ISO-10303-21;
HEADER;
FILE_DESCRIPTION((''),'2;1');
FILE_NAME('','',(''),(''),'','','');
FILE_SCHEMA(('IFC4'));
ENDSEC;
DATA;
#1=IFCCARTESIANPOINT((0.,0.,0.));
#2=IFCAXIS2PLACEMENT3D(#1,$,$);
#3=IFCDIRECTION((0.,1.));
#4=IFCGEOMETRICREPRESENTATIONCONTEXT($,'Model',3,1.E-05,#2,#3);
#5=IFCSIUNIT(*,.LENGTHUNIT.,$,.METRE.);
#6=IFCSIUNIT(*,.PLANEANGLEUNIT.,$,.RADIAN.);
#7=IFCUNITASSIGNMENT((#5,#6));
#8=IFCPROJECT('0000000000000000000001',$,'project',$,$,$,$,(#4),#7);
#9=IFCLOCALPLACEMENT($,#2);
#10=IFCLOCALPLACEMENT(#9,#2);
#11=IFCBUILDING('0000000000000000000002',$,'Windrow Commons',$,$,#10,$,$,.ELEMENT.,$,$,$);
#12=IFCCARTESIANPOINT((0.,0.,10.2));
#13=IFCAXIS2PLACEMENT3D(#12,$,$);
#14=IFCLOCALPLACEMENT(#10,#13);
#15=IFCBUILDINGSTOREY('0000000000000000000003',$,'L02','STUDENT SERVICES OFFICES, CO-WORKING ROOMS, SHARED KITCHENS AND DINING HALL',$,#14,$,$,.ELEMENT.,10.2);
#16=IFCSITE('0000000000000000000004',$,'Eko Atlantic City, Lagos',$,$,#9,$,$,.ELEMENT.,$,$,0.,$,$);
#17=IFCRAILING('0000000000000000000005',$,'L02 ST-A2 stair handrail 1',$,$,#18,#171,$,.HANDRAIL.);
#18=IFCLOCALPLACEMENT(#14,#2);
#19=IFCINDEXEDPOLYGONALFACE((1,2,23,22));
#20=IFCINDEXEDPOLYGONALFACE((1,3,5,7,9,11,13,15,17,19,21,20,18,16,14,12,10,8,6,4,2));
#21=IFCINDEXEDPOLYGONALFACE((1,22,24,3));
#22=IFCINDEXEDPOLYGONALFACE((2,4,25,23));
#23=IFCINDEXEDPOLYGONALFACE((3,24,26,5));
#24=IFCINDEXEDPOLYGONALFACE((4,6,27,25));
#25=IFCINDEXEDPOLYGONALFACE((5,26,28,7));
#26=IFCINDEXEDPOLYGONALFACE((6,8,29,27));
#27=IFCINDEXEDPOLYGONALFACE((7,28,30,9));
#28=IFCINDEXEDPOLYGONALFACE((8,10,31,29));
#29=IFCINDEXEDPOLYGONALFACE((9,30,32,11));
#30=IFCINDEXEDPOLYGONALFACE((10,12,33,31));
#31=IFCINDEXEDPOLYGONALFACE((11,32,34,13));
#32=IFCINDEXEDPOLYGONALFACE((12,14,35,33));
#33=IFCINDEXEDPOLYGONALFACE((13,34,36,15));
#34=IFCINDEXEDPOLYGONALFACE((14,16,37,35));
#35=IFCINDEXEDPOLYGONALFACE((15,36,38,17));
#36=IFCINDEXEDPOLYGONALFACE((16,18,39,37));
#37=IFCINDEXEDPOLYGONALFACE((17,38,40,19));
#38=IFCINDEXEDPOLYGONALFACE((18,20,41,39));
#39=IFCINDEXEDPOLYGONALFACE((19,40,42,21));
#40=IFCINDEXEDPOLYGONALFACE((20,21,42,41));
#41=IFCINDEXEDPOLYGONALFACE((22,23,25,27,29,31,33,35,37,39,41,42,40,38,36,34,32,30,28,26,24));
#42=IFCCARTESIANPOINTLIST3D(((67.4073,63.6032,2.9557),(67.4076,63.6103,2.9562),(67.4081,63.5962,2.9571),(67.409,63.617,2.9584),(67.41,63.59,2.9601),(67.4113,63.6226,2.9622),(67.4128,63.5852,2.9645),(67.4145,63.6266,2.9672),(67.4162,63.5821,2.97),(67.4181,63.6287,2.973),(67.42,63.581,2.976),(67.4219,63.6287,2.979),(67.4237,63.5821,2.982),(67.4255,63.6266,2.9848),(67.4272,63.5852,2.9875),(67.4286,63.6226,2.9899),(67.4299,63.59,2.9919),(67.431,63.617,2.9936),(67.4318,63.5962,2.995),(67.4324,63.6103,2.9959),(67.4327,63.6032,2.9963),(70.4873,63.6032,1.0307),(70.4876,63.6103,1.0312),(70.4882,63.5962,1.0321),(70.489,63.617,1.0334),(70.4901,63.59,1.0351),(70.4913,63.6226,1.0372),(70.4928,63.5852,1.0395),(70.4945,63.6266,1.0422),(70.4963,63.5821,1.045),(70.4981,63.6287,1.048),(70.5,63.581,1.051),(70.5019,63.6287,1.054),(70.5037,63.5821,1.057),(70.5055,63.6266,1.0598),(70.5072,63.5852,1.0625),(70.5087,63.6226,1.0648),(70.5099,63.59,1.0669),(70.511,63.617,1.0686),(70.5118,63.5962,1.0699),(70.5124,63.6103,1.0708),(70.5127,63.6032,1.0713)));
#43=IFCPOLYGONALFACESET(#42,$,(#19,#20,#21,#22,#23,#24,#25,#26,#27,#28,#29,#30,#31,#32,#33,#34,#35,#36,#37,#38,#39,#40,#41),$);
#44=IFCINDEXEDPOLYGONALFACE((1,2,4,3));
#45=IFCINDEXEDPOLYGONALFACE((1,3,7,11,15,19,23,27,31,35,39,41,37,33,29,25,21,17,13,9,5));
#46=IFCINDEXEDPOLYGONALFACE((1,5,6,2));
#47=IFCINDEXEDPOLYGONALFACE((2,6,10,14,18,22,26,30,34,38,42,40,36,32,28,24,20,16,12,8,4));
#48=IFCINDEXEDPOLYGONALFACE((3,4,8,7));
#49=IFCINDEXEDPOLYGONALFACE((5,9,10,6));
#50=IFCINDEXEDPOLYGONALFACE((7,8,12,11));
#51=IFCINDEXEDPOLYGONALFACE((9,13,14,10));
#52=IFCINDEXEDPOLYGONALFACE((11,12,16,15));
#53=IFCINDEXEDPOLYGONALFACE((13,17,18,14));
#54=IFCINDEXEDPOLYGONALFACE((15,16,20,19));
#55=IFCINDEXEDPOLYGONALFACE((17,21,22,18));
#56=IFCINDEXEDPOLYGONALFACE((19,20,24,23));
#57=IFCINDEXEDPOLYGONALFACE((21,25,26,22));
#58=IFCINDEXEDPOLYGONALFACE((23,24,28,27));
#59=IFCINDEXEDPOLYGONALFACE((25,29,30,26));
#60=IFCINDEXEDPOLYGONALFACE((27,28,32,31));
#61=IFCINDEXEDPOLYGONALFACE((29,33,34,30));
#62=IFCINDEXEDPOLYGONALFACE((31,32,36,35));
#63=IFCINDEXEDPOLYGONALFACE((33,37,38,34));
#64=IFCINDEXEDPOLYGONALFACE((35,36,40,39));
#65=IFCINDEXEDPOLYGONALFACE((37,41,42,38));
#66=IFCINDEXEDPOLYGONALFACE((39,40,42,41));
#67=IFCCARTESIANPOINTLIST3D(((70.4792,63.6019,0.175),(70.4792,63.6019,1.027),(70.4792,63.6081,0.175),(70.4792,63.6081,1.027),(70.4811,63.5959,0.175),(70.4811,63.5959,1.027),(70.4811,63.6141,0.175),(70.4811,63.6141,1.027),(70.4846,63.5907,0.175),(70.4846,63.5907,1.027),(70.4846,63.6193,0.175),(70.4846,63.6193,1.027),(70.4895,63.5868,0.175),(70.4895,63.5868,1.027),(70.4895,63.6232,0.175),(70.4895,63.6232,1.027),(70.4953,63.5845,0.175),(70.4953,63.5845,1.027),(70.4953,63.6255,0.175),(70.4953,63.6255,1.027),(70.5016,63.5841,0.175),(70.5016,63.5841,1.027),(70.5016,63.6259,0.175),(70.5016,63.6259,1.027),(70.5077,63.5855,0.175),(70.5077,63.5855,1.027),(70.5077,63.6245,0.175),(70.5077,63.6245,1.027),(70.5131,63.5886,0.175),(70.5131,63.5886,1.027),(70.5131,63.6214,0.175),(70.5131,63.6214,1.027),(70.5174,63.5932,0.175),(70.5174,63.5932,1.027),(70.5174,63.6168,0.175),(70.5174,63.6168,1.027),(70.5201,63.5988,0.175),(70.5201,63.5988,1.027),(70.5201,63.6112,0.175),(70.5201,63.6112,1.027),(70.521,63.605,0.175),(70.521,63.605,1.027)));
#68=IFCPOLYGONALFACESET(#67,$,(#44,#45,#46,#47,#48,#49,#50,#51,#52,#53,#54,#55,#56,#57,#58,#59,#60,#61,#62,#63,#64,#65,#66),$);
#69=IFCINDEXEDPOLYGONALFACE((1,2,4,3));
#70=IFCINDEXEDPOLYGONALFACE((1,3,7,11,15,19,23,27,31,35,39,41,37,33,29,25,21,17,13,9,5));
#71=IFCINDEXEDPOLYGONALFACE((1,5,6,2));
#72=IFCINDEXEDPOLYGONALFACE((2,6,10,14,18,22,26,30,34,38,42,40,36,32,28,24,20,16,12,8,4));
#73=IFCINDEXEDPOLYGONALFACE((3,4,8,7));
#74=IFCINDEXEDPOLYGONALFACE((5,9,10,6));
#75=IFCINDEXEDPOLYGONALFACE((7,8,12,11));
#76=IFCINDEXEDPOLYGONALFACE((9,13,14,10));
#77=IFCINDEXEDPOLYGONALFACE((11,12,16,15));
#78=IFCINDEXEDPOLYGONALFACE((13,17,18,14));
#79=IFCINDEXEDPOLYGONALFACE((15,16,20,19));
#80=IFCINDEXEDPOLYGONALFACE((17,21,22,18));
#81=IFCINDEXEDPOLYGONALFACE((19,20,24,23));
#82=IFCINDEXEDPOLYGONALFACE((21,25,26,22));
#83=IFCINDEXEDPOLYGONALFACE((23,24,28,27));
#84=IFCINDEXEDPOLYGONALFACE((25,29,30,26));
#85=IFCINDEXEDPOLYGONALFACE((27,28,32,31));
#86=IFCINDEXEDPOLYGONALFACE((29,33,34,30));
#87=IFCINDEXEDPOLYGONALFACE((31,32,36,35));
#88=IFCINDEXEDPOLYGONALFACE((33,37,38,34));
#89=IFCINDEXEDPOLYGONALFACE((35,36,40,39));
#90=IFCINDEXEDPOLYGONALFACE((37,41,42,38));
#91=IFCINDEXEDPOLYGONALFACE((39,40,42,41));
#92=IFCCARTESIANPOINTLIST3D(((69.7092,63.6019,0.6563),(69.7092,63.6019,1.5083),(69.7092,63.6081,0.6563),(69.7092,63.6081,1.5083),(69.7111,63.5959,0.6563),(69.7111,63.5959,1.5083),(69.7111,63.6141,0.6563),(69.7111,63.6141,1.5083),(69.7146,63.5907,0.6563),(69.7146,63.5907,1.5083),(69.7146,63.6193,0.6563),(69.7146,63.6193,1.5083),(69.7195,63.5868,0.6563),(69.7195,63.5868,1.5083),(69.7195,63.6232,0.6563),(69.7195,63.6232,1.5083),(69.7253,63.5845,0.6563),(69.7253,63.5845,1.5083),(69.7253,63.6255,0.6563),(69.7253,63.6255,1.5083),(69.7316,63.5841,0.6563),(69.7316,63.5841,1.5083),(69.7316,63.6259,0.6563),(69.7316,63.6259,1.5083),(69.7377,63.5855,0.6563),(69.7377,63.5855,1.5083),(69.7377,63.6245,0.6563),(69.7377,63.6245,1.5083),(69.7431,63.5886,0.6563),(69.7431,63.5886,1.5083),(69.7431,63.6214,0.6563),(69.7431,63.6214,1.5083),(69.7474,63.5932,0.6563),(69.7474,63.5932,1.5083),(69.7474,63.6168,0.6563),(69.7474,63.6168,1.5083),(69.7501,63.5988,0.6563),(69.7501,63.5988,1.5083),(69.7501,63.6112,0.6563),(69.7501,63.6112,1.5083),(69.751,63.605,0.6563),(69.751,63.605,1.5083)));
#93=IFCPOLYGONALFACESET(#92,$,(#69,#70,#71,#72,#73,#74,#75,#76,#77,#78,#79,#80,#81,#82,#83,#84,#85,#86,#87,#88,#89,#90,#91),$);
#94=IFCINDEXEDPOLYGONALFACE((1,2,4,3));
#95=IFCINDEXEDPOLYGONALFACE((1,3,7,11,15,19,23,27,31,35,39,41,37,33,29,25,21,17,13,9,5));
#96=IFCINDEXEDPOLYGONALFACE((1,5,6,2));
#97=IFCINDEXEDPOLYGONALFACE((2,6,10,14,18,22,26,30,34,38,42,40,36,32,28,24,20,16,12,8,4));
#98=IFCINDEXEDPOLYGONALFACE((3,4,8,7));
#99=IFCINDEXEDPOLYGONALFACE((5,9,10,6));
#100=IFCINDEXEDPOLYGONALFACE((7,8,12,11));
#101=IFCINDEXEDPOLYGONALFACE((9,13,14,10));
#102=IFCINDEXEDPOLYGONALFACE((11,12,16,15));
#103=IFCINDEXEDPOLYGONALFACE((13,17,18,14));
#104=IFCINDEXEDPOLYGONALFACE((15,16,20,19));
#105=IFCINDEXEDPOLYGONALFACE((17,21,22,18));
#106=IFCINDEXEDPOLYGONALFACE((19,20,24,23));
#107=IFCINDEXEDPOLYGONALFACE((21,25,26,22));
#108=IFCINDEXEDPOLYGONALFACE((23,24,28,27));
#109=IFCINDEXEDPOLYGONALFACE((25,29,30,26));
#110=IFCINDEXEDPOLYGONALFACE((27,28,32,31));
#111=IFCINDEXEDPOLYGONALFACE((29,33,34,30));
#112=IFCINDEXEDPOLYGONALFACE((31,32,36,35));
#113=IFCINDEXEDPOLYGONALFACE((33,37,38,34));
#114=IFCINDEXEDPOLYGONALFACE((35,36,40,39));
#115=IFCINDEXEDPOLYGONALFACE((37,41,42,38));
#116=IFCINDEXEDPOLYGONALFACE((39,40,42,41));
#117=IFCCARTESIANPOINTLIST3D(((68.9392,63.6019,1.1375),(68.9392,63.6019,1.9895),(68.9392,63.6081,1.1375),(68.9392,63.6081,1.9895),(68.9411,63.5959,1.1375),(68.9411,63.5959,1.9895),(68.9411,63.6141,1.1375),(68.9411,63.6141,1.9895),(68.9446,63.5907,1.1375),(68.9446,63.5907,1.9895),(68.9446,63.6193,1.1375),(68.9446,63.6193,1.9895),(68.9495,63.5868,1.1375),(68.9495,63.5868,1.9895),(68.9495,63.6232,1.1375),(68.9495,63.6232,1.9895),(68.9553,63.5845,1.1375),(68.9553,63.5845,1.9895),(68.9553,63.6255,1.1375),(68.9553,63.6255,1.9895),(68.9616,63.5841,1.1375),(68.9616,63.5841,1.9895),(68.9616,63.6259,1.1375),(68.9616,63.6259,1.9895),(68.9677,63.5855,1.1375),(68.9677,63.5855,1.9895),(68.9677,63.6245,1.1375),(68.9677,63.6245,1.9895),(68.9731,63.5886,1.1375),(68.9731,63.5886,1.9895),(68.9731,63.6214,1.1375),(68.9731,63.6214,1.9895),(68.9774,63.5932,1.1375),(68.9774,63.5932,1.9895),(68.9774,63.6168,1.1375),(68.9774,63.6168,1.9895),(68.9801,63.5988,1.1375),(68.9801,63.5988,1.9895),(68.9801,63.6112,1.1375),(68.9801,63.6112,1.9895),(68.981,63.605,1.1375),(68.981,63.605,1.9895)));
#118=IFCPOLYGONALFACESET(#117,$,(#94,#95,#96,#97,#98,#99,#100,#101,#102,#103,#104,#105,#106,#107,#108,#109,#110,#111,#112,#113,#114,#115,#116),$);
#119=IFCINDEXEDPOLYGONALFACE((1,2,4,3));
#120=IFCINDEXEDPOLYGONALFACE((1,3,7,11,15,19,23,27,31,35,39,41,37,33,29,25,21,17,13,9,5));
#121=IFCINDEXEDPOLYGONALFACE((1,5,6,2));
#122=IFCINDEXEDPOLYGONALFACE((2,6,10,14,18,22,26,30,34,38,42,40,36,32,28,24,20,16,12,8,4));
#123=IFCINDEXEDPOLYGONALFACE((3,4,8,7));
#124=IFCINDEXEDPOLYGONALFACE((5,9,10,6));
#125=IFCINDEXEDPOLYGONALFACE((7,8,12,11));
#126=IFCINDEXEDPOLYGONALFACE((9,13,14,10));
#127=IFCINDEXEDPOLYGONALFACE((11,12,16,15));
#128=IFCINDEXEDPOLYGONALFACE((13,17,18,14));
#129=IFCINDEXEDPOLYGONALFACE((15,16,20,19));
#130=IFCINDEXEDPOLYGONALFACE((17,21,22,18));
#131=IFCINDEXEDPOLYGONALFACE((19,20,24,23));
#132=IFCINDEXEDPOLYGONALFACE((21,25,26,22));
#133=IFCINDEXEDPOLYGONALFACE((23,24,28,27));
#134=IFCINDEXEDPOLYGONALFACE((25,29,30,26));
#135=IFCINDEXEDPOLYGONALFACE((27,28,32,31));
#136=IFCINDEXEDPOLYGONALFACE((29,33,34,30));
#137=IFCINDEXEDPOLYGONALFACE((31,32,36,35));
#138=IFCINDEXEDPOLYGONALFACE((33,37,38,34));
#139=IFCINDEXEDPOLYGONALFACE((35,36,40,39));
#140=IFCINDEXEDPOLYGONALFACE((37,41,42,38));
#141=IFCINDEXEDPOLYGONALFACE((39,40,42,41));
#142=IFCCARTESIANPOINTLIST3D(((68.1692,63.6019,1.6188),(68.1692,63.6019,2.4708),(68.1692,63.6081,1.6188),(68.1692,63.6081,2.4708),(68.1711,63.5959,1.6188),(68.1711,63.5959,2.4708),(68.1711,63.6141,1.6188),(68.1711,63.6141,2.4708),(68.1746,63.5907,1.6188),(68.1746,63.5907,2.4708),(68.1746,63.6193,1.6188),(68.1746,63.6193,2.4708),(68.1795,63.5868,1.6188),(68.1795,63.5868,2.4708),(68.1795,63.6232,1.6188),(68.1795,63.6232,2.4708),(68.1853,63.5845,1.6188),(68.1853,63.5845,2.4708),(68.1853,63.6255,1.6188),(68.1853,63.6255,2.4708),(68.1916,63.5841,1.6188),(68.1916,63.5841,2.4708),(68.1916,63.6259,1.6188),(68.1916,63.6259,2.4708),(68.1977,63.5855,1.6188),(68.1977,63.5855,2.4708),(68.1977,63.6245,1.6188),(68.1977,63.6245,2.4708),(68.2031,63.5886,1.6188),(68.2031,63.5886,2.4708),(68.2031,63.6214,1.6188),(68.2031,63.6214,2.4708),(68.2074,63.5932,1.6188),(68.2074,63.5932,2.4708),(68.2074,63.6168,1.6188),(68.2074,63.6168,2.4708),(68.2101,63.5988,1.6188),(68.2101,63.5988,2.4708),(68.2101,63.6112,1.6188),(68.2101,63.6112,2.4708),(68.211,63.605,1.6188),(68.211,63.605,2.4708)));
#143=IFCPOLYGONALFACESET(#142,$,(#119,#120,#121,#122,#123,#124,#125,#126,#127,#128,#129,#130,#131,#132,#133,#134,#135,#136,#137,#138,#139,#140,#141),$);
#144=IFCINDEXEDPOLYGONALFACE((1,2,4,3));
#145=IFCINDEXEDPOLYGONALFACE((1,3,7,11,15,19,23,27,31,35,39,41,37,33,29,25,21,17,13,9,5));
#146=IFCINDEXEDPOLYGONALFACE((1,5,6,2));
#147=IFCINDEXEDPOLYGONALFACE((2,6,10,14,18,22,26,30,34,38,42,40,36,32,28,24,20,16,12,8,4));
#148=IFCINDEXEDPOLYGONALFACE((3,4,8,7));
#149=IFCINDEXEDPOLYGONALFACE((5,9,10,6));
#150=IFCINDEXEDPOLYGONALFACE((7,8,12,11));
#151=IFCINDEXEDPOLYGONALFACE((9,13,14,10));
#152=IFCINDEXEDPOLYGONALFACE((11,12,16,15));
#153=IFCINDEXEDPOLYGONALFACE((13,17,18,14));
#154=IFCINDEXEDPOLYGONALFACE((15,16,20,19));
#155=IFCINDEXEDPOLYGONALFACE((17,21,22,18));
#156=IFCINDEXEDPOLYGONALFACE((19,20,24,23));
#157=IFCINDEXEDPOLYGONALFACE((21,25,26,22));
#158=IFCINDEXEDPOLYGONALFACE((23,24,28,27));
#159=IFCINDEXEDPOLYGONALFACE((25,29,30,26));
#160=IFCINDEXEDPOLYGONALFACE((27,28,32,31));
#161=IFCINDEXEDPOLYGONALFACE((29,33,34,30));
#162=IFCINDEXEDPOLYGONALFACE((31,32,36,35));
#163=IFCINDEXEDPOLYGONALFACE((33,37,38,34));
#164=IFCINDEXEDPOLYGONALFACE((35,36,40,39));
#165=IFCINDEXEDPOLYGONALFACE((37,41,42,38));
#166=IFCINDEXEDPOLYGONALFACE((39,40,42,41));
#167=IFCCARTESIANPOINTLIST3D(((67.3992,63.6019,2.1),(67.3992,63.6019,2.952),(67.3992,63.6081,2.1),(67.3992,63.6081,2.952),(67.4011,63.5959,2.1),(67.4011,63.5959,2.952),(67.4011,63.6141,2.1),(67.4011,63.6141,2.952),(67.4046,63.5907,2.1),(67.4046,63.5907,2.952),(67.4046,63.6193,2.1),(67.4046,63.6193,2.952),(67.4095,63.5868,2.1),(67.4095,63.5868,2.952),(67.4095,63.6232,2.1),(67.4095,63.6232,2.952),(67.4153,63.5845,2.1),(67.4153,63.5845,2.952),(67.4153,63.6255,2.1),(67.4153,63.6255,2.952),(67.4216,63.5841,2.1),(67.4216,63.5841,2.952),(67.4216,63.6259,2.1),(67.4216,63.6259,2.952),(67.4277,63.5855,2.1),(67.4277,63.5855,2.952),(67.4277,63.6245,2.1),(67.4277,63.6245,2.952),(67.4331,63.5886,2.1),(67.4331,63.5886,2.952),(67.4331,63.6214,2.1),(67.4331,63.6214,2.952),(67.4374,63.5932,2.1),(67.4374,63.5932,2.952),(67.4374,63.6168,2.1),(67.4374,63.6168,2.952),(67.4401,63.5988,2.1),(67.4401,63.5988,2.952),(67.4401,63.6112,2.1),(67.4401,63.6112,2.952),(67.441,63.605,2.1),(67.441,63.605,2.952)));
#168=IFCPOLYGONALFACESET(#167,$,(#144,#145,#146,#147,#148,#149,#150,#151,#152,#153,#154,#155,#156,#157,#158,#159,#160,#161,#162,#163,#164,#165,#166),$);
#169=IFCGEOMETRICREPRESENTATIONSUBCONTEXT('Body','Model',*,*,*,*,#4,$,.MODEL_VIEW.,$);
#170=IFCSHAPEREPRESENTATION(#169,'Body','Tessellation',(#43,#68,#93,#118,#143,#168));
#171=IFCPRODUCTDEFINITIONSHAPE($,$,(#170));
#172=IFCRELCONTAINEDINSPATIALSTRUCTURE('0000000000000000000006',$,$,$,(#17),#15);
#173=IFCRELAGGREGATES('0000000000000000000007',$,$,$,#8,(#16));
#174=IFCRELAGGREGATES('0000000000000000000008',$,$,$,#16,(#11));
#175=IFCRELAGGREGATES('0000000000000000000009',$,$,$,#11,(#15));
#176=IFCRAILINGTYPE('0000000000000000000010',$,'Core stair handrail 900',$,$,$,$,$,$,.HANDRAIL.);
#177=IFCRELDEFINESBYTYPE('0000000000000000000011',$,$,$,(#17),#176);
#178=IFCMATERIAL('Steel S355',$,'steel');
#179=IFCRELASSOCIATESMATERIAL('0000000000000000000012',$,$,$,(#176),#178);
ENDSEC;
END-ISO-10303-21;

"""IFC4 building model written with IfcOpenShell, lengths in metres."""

from ifc_helpers import new_model, si_unit, direction, frame, origin, origin_2d, place, context, subcontext, project, spatial, circle, extrude, material, type_object, element, save


model = new_model("IFC4")

# Units and contexts
model_context = context("Model", 3, precision=1e-05, world=origin(), true_north=direction((0.0, 1.0)))
body_context = subcontext(model_context, "Body", "Model", "MODEL_VIEW")
ifc_project = project(units=[si_unit("LENGTHUNIT", "METRE"), si_unit("PLANEANGLEUNIT", "RADIAN")], contexts=[model_context])

# Site, building, storey
site_placement = place(None, origin())
site = spatial("IfcSite", under=ifc_project, at=site_placement, Name="Eko Atlantic City, Lagos", CompositionType="ELEMENT", RefElevation=0.0)
building_placement = place(site_placement, origin())
building = spatial("IfcBuilding", under=site, at=building_placement, Name="Windrow Commons", CompositionType="ELEMENT")
storey_placement = place(building_placement, frame((0.0, 0.0, 10.2)))
storey = spatial("IfcBuildingStorey", under=building, at=storey_placement, Name="L02", Description="STUDENT SERVICES OFFICES, CO-WORKING ROOMS, SHARED KITCHENS AND DINING HALL", CompositionType="ELEMENT", Elevation=10.2)

# Railing
ifc_material_1 = material(Name="Steel S355", Category="steel")
railing_type_1 = type_object("IfcRailingType", Name="Core stair handrail 900", PredefinedType="HANDRAIL", material=ifc_material_1)
railing_1_placement = place(storey_placement, frame((70.5, 63.605, 0.175)))
element("IfcRailing", 1, at=railing_1_placement, inside=storey, type_object=railing_type_1, Name="L02 ST-A2 stair handrail 1", PredefinedType="HANDRAIL", context=body_context, shape_type="SweptSolid", body=[
    extrude(circle(Radius=0.024, at=origin_2d()), frame((0.0, 0.0, 0.876), z_axis=(-0.847998, 0.0, 0.529999), x_axis=(0.0, -1.0, 0.0)), (0.0, 0.0, 1.0), 3.6321),
    extrude(circle(Radius=0.021, at=origin_2d()), origin(), (0.0, 0.0, 1.0), 0.852),
    extrude(circle(Radius=0.021, at=origin_2d()), frame((-0.77, 0.0, 0.4813)), (0.0, 0.0, 1.0), 0.852),
    extrude(circle(Radius=0.021, at=origin_2d()), frame((-1.54, 0.0, 0.9625)), (0.0, 0.0, 1.0), 0.852),
    extrude(circle(Radius=0.021, at=origin_2d()), frame((-2.31, 0.0, 1.4438)), (0.0, 0.0, 1.0), 0.852),
    extrude(circle(Radius=0.021, at=origin_2d()), frame((-3.08, 0.0, 1.925)), (0.0, 0.0, 1.0), 0.852),
])

save(model, "model.ifc")
